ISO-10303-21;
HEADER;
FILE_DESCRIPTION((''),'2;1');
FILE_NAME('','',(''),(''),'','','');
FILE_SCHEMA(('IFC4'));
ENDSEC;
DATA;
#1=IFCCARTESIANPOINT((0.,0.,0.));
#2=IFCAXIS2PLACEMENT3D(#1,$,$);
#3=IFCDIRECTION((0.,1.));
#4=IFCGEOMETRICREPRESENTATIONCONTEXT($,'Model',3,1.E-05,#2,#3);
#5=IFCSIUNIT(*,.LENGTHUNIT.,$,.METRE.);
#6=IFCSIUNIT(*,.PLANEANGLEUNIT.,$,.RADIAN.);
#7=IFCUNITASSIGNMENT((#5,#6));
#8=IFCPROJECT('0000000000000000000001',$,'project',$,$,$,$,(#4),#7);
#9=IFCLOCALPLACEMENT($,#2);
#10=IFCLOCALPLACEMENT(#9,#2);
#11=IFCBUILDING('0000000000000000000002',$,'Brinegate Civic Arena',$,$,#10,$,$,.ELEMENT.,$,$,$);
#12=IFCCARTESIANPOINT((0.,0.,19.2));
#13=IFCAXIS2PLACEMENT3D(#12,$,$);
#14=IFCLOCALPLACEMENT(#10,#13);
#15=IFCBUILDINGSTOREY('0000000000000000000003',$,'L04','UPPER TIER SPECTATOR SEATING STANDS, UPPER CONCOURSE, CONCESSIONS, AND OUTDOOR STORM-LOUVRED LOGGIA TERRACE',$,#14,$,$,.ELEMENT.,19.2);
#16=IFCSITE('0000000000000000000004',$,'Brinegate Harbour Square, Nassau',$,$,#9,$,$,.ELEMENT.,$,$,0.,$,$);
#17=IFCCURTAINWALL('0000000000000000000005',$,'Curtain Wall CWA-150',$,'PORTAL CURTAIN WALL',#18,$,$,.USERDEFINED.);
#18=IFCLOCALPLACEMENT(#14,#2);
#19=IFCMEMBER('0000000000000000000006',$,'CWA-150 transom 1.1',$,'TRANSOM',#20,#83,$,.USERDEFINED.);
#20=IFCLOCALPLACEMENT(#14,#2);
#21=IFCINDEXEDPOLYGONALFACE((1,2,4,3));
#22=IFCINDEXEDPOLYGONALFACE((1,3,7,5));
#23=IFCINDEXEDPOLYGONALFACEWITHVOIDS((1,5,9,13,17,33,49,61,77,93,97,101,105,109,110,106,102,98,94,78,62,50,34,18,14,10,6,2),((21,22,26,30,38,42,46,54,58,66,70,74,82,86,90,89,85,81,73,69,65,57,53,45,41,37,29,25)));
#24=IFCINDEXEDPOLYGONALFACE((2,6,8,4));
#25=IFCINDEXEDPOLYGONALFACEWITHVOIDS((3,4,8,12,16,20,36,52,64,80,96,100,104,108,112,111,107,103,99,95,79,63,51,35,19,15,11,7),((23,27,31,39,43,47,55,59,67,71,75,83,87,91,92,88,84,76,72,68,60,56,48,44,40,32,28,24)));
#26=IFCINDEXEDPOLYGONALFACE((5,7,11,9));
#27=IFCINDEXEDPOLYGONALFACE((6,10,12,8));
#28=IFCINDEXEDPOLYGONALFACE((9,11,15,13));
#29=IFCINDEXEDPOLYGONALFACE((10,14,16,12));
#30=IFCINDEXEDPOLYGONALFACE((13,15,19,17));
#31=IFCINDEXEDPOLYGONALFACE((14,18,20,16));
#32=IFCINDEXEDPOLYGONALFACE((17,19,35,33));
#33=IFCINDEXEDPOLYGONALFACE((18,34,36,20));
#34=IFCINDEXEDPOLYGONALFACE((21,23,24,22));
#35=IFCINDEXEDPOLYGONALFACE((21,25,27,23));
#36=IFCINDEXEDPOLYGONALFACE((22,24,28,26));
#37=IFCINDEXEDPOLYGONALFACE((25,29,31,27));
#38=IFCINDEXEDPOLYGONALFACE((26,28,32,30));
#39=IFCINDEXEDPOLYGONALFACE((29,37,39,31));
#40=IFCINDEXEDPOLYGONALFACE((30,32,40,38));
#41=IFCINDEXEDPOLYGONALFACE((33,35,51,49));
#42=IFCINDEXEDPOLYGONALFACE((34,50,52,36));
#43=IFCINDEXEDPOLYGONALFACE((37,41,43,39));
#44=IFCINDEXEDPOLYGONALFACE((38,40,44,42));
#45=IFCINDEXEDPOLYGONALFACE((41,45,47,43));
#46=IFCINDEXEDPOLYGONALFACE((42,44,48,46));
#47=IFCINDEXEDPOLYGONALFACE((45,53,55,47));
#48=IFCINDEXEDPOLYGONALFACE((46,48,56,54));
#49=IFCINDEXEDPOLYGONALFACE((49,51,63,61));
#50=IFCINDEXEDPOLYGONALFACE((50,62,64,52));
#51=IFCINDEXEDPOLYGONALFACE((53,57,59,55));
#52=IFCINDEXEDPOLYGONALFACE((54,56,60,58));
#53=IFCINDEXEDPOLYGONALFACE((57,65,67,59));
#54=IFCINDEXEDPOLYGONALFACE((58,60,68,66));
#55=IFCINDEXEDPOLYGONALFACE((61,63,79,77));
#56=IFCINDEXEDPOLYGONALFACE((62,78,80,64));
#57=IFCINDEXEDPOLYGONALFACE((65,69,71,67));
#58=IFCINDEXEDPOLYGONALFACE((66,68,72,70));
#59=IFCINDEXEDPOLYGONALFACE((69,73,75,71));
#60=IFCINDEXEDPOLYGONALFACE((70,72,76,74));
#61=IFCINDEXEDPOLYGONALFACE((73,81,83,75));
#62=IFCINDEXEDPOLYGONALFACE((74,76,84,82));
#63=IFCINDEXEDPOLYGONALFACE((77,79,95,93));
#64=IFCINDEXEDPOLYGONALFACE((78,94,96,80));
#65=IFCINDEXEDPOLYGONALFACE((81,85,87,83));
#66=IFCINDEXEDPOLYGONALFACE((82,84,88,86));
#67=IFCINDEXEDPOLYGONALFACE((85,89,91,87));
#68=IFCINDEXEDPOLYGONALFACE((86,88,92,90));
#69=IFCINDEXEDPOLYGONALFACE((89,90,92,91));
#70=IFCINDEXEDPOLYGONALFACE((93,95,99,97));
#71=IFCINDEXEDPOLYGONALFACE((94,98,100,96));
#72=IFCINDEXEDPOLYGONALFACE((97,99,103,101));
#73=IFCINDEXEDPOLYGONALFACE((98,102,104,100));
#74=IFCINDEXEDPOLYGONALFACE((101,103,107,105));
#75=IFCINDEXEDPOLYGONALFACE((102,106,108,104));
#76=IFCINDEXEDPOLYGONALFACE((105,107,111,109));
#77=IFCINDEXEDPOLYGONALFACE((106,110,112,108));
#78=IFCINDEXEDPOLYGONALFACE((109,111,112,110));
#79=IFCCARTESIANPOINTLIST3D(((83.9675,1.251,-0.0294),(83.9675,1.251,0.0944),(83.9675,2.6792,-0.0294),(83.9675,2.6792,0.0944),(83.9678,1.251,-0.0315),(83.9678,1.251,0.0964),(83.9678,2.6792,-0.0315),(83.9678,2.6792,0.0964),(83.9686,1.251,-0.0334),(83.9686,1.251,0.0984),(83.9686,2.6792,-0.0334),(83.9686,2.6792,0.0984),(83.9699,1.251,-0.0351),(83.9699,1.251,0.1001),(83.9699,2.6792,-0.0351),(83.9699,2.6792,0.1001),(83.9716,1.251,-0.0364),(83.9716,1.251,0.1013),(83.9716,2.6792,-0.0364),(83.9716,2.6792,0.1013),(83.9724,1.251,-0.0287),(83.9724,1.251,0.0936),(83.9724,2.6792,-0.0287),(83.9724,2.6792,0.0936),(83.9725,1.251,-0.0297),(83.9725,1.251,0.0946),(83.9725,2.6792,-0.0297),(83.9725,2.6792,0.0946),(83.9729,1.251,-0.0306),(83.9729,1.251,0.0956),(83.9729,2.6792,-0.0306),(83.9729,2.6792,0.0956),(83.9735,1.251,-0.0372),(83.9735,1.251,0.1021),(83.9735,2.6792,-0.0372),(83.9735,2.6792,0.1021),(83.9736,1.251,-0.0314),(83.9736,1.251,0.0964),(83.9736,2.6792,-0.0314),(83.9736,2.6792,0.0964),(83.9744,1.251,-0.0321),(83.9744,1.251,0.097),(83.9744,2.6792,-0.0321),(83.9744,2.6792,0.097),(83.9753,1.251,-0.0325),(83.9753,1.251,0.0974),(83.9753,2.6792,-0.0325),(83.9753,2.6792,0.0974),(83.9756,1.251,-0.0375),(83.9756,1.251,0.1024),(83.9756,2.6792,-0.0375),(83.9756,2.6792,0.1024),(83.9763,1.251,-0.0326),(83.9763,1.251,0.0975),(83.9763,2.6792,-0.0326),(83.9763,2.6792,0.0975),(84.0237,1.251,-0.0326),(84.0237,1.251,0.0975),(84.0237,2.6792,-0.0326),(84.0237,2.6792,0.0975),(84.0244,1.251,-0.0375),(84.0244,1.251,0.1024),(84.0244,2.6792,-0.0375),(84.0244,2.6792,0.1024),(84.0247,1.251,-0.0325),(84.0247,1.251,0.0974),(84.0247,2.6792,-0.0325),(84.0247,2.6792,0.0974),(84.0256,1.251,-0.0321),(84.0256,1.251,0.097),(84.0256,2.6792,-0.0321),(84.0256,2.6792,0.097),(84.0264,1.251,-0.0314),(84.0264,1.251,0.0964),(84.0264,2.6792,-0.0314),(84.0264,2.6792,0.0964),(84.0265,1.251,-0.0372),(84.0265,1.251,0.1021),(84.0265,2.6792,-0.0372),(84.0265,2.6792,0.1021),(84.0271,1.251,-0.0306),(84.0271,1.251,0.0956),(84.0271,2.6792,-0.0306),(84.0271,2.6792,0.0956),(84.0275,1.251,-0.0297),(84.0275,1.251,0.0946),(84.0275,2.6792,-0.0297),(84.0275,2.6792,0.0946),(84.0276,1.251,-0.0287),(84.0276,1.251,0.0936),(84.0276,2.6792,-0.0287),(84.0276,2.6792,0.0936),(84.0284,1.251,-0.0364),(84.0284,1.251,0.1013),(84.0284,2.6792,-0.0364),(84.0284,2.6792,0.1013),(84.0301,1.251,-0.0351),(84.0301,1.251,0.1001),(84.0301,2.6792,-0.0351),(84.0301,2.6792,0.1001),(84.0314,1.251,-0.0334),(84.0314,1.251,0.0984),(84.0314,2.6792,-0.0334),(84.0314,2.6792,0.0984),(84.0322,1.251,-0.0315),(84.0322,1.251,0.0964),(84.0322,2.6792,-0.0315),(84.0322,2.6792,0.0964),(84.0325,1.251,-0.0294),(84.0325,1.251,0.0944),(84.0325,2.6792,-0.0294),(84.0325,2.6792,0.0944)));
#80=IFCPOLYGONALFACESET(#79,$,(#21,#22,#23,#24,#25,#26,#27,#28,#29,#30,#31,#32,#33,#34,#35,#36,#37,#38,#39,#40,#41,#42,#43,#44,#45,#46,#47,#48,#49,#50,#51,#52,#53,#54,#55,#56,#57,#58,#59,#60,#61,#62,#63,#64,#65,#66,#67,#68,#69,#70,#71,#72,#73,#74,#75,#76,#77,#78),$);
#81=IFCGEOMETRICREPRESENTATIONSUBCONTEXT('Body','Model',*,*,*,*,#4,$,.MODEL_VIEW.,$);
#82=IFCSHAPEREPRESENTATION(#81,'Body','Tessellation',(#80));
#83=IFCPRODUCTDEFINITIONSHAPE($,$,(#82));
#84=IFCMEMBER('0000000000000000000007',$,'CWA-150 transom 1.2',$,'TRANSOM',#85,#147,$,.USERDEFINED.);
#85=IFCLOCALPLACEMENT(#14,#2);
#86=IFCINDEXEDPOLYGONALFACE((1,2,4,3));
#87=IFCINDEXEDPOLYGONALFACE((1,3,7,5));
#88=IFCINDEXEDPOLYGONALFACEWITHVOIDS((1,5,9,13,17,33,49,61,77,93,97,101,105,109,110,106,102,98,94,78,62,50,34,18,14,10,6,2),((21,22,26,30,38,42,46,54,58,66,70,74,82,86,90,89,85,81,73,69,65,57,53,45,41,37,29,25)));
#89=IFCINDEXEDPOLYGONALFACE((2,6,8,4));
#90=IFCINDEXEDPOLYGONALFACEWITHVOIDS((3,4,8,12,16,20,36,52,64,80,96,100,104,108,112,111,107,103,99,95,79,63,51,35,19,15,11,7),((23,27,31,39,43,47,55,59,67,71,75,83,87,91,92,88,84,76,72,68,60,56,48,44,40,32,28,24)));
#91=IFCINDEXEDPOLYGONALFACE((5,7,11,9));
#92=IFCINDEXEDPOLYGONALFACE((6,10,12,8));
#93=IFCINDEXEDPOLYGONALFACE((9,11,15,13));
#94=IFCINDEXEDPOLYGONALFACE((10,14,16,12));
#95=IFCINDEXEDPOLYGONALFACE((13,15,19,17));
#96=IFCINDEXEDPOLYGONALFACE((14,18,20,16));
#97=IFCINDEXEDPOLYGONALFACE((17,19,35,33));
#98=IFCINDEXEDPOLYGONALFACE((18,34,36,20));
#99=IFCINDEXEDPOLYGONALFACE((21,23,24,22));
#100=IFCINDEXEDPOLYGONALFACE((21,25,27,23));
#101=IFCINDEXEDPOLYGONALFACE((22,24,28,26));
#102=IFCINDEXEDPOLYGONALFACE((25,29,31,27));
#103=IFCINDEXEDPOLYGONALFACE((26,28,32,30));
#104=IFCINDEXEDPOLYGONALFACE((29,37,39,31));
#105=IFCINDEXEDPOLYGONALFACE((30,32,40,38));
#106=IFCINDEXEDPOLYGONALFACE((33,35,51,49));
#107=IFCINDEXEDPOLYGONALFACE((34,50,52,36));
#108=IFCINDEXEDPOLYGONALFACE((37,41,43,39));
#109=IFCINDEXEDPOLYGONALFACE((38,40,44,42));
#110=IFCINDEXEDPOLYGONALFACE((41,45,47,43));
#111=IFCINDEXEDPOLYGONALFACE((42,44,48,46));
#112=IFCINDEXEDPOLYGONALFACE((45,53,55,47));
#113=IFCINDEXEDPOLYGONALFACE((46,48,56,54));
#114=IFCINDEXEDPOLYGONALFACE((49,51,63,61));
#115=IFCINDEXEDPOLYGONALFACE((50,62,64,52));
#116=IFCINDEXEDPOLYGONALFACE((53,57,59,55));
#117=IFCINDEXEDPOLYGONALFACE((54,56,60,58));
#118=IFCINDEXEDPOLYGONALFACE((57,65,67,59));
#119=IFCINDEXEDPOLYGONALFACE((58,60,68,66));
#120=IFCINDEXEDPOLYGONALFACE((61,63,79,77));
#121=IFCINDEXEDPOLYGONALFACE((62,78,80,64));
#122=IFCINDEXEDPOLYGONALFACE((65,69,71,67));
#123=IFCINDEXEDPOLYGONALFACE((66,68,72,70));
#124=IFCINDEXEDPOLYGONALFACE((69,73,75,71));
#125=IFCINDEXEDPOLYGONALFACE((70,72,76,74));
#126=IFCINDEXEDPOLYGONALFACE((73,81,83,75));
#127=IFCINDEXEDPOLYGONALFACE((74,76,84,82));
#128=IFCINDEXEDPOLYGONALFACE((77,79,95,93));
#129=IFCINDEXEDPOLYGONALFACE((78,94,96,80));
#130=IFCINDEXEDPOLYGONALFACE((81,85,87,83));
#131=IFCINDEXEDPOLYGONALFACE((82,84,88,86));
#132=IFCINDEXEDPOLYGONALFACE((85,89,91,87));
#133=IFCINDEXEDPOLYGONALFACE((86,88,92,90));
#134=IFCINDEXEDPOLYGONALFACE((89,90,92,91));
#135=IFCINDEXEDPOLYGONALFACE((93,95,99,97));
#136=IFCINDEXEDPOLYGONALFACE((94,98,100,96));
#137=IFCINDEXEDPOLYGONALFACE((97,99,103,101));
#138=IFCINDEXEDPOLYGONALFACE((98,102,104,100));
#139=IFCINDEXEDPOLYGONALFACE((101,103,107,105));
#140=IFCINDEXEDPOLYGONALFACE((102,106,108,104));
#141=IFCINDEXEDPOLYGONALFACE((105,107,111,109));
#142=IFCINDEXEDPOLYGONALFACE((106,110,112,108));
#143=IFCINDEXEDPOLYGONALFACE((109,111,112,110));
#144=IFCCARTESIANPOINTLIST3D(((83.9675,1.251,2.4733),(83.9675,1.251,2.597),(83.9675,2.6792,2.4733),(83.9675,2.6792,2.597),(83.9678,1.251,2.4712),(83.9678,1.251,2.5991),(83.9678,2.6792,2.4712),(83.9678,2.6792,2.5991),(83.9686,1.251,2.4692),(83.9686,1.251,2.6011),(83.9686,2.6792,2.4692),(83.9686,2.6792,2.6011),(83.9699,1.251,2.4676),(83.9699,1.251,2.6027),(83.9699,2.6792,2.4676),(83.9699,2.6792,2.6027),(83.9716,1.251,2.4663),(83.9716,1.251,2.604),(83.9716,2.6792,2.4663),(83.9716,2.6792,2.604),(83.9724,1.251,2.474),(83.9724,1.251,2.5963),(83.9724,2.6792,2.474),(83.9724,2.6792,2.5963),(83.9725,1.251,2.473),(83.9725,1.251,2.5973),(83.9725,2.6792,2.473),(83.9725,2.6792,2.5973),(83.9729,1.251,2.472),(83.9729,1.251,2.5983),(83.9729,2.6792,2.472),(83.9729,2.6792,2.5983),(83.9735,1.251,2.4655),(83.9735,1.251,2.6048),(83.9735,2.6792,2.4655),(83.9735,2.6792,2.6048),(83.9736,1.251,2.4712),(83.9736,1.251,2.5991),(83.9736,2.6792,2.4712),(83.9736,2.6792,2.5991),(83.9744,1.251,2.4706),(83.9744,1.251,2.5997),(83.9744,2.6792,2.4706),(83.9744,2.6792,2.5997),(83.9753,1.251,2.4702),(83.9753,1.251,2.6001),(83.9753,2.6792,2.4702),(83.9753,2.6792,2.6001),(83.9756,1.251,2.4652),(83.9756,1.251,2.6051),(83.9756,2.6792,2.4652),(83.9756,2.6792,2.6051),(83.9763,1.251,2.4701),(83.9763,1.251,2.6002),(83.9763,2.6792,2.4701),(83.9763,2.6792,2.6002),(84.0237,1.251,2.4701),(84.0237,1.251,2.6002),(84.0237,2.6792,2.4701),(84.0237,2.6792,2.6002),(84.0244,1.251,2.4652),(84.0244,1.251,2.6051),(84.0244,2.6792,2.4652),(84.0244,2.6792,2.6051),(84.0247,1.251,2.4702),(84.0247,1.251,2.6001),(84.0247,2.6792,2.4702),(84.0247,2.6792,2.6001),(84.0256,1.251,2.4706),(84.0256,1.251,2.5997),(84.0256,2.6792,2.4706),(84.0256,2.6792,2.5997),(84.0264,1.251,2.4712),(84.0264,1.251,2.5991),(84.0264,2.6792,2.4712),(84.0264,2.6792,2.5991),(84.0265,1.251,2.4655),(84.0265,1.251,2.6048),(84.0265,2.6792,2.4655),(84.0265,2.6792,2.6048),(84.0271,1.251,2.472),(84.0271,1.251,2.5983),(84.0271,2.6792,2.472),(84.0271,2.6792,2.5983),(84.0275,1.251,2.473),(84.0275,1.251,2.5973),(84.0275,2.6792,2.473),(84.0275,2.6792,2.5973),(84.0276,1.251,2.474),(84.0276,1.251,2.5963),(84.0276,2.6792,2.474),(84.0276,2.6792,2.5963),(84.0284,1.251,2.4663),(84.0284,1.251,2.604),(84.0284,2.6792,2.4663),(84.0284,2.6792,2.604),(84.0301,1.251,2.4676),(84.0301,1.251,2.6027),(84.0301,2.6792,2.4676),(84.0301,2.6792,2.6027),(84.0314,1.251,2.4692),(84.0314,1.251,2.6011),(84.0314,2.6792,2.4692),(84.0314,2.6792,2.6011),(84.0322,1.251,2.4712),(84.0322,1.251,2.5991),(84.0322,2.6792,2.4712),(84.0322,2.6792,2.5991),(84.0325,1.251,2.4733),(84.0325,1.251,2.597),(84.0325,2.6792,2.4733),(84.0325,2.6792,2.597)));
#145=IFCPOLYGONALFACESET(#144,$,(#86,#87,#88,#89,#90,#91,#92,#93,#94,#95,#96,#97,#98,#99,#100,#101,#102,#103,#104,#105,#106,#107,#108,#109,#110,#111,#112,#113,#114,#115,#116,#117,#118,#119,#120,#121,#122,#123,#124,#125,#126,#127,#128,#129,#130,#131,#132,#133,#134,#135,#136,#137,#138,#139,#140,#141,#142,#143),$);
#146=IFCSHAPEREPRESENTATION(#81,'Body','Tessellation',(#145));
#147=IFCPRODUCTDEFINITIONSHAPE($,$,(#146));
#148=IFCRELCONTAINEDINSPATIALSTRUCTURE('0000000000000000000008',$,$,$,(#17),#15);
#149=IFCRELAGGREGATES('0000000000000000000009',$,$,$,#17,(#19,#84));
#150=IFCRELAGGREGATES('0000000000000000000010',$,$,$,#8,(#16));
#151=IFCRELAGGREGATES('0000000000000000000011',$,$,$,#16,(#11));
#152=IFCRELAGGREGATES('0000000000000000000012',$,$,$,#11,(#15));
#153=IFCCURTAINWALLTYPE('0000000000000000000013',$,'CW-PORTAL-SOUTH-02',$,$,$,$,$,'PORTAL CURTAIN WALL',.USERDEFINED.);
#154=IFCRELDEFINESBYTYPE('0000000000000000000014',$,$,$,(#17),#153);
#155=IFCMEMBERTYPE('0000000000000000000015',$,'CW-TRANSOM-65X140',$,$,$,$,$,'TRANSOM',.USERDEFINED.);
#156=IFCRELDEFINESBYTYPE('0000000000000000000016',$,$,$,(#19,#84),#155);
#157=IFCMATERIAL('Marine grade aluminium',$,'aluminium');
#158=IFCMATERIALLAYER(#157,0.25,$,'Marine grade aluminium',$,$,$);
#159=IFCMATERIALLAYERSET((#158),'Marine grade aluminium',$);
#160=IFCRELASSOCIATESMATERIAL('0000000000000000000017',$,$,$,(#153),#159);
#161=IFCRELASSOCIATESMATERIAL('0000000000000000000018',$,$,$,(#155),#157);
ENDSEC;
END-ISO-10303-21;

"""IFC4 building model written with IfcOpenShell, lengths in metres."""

from ifc_helpers import new_model, si_unit, direction, frame, origin, origin_2d, place, context, subcontext, project, spatial, hollow_rectangle, extrude, material, layer, layer_set, material_profile, profile_set, type_object, element, aggregate, save


model = new_model("IFC4")

# Units and contexts
model_context = context("Model", 3, precision=1e-05, world=origin(), true_north=direction((0.0, 1.0)))
body_context = subcontext(model_context, "Body", "Model", "MODEL_VIEW")
ifc_project = project(units=[si_unit("LENGTHUNIT", "METRE"), si_unit("PLANEANGLEUNIT", "RADIAN")], contexts=[model_context])

# Site, building, storey
site_placement = place(None, origin())
site = spatial("IfcSite", under=ifc_project, at=site_placement, Name="Brinegate Harbour Square, Nassau", CompositionType="ELEMENT", RefElevation=0.0)
building_placement = place(site_placement, origin())
building = spatial("IfcBuilding", under=site, at=building_placement, Name="Brinegate Civic Arena", CompositionType="ELEMENT")
storey_placement = place(building_placement, frame((0.0, 0.0, 19.2)))
storey = spatial("IfcBuildingStorey", under=building, at=storey_placement, Name="L04", Description="UPPER TIER SPECTATOR SEATING STANDS, UPPER CONCOURSE, CONCESSIONS, AND OUTDOOR STORM-LOUVRED LOGGIA TERRACE", CompositionType="ELEMENT", Elevation=19.2)

# Curtain wall, members
ifc_material_1 = material(Name="Marine grade aluminium", Category="aluminium")
ifc_layer_1 = layer(ifc_material_1, 0.25, Name="Marine grade aluminium")
ifc_layer_set_1 = layer_set([ifc_layer_1], Name="Marine grade aluminium")
curtain_wall_type = type_object("IfcCurtainWallType", Name="CW-PORTAL-SOUTH-02", ElementType="PORTAL CURTAIN WALL", PredefinedType="USERDEFINED", material=ifc_layer_set_1)
curtain_wall_placement = place(storey_placement, origin())
curtain_wall = element("IfcCurtainWall", 1, at=curtain_wall_placement, inside=storey, type_object=curtain_wall_type, Name="Curtain Wall CWA-150", ObjectType="PORTAL CURTAIN WALL", PredefinedType="USERDEFINED")
ifc_material_profile_1 = material_profile(ifc_material_1, hollow_rectangle(XDim=0.0649, YDim=0.1399, WallThickness=0.0049, InnerFilletRadius=0.0039, OuterFilletRadius=0.0081, at=origin_2d()), Name="TRN65X140")
ifc_profile_set_1 = profile_set([ifc_material_profile_1], Name="Marine grade aluminium")
member_type_1 = type_object("IfcMemberType", Name="CW-TRANSOM-65X140", ElementType="TRANSOM", PredefinedType="USERDEFINED", material=ifc_profile_set_1)
member_1_placement = place(storey_placement, frame((84.0, 1.251, 0.0325), z_axis=(0.0, 1.0, 0.0), x_axis=(-1.0, 0.0, 0.0)))
member_1 = element("IfcMember", 2, at=member_1_placement, type_object=member_type_1, Name="CWA-150 transom 1.1", ObjectType="TRANSOM", PredefinedType="USERDEFINED", context=body_context, shape_type="SweptSolid", body=[
    extrude(hollow_rectangle(XDim=0.0649, YDim=0.1399, WallThickness=0.0049, InnerFilletRadius=0.0039, OuterFilletRadius=0.0081, at=origin_2d()), origin(), (0.0, 0.0, 1.0), 1.4282),
])
member_2_placement = place(storey_placement, frame((84.0, 1.251, 2.5352), z_axis=(0.0, 1.0, 0.0), x_axis=(-1.0, 0.0, 0.0)))
member_2 = element("IfcMember", 3, at=member_2_placement, type_object=member_type_1, Name="CWA-150 transom 1.2", ObjectType="TRANSOM", PredefinedType="USERDEFINED", context=body_context, shape_type="SweptSolid", body=[
    extrude(hollow_rectangle(XDim=0.0649, YDim=0.1399, WallThickness=0.0049, InnerFilletRadius=0.0039, OuterFilletRadius=0.0081, at=origin_2d()), origin(), (0.0, 0.0, 1.0), 1.4282),
])

aggregate(curtain_wall, [member_1, member_2])

save(model, "model.ifc")
